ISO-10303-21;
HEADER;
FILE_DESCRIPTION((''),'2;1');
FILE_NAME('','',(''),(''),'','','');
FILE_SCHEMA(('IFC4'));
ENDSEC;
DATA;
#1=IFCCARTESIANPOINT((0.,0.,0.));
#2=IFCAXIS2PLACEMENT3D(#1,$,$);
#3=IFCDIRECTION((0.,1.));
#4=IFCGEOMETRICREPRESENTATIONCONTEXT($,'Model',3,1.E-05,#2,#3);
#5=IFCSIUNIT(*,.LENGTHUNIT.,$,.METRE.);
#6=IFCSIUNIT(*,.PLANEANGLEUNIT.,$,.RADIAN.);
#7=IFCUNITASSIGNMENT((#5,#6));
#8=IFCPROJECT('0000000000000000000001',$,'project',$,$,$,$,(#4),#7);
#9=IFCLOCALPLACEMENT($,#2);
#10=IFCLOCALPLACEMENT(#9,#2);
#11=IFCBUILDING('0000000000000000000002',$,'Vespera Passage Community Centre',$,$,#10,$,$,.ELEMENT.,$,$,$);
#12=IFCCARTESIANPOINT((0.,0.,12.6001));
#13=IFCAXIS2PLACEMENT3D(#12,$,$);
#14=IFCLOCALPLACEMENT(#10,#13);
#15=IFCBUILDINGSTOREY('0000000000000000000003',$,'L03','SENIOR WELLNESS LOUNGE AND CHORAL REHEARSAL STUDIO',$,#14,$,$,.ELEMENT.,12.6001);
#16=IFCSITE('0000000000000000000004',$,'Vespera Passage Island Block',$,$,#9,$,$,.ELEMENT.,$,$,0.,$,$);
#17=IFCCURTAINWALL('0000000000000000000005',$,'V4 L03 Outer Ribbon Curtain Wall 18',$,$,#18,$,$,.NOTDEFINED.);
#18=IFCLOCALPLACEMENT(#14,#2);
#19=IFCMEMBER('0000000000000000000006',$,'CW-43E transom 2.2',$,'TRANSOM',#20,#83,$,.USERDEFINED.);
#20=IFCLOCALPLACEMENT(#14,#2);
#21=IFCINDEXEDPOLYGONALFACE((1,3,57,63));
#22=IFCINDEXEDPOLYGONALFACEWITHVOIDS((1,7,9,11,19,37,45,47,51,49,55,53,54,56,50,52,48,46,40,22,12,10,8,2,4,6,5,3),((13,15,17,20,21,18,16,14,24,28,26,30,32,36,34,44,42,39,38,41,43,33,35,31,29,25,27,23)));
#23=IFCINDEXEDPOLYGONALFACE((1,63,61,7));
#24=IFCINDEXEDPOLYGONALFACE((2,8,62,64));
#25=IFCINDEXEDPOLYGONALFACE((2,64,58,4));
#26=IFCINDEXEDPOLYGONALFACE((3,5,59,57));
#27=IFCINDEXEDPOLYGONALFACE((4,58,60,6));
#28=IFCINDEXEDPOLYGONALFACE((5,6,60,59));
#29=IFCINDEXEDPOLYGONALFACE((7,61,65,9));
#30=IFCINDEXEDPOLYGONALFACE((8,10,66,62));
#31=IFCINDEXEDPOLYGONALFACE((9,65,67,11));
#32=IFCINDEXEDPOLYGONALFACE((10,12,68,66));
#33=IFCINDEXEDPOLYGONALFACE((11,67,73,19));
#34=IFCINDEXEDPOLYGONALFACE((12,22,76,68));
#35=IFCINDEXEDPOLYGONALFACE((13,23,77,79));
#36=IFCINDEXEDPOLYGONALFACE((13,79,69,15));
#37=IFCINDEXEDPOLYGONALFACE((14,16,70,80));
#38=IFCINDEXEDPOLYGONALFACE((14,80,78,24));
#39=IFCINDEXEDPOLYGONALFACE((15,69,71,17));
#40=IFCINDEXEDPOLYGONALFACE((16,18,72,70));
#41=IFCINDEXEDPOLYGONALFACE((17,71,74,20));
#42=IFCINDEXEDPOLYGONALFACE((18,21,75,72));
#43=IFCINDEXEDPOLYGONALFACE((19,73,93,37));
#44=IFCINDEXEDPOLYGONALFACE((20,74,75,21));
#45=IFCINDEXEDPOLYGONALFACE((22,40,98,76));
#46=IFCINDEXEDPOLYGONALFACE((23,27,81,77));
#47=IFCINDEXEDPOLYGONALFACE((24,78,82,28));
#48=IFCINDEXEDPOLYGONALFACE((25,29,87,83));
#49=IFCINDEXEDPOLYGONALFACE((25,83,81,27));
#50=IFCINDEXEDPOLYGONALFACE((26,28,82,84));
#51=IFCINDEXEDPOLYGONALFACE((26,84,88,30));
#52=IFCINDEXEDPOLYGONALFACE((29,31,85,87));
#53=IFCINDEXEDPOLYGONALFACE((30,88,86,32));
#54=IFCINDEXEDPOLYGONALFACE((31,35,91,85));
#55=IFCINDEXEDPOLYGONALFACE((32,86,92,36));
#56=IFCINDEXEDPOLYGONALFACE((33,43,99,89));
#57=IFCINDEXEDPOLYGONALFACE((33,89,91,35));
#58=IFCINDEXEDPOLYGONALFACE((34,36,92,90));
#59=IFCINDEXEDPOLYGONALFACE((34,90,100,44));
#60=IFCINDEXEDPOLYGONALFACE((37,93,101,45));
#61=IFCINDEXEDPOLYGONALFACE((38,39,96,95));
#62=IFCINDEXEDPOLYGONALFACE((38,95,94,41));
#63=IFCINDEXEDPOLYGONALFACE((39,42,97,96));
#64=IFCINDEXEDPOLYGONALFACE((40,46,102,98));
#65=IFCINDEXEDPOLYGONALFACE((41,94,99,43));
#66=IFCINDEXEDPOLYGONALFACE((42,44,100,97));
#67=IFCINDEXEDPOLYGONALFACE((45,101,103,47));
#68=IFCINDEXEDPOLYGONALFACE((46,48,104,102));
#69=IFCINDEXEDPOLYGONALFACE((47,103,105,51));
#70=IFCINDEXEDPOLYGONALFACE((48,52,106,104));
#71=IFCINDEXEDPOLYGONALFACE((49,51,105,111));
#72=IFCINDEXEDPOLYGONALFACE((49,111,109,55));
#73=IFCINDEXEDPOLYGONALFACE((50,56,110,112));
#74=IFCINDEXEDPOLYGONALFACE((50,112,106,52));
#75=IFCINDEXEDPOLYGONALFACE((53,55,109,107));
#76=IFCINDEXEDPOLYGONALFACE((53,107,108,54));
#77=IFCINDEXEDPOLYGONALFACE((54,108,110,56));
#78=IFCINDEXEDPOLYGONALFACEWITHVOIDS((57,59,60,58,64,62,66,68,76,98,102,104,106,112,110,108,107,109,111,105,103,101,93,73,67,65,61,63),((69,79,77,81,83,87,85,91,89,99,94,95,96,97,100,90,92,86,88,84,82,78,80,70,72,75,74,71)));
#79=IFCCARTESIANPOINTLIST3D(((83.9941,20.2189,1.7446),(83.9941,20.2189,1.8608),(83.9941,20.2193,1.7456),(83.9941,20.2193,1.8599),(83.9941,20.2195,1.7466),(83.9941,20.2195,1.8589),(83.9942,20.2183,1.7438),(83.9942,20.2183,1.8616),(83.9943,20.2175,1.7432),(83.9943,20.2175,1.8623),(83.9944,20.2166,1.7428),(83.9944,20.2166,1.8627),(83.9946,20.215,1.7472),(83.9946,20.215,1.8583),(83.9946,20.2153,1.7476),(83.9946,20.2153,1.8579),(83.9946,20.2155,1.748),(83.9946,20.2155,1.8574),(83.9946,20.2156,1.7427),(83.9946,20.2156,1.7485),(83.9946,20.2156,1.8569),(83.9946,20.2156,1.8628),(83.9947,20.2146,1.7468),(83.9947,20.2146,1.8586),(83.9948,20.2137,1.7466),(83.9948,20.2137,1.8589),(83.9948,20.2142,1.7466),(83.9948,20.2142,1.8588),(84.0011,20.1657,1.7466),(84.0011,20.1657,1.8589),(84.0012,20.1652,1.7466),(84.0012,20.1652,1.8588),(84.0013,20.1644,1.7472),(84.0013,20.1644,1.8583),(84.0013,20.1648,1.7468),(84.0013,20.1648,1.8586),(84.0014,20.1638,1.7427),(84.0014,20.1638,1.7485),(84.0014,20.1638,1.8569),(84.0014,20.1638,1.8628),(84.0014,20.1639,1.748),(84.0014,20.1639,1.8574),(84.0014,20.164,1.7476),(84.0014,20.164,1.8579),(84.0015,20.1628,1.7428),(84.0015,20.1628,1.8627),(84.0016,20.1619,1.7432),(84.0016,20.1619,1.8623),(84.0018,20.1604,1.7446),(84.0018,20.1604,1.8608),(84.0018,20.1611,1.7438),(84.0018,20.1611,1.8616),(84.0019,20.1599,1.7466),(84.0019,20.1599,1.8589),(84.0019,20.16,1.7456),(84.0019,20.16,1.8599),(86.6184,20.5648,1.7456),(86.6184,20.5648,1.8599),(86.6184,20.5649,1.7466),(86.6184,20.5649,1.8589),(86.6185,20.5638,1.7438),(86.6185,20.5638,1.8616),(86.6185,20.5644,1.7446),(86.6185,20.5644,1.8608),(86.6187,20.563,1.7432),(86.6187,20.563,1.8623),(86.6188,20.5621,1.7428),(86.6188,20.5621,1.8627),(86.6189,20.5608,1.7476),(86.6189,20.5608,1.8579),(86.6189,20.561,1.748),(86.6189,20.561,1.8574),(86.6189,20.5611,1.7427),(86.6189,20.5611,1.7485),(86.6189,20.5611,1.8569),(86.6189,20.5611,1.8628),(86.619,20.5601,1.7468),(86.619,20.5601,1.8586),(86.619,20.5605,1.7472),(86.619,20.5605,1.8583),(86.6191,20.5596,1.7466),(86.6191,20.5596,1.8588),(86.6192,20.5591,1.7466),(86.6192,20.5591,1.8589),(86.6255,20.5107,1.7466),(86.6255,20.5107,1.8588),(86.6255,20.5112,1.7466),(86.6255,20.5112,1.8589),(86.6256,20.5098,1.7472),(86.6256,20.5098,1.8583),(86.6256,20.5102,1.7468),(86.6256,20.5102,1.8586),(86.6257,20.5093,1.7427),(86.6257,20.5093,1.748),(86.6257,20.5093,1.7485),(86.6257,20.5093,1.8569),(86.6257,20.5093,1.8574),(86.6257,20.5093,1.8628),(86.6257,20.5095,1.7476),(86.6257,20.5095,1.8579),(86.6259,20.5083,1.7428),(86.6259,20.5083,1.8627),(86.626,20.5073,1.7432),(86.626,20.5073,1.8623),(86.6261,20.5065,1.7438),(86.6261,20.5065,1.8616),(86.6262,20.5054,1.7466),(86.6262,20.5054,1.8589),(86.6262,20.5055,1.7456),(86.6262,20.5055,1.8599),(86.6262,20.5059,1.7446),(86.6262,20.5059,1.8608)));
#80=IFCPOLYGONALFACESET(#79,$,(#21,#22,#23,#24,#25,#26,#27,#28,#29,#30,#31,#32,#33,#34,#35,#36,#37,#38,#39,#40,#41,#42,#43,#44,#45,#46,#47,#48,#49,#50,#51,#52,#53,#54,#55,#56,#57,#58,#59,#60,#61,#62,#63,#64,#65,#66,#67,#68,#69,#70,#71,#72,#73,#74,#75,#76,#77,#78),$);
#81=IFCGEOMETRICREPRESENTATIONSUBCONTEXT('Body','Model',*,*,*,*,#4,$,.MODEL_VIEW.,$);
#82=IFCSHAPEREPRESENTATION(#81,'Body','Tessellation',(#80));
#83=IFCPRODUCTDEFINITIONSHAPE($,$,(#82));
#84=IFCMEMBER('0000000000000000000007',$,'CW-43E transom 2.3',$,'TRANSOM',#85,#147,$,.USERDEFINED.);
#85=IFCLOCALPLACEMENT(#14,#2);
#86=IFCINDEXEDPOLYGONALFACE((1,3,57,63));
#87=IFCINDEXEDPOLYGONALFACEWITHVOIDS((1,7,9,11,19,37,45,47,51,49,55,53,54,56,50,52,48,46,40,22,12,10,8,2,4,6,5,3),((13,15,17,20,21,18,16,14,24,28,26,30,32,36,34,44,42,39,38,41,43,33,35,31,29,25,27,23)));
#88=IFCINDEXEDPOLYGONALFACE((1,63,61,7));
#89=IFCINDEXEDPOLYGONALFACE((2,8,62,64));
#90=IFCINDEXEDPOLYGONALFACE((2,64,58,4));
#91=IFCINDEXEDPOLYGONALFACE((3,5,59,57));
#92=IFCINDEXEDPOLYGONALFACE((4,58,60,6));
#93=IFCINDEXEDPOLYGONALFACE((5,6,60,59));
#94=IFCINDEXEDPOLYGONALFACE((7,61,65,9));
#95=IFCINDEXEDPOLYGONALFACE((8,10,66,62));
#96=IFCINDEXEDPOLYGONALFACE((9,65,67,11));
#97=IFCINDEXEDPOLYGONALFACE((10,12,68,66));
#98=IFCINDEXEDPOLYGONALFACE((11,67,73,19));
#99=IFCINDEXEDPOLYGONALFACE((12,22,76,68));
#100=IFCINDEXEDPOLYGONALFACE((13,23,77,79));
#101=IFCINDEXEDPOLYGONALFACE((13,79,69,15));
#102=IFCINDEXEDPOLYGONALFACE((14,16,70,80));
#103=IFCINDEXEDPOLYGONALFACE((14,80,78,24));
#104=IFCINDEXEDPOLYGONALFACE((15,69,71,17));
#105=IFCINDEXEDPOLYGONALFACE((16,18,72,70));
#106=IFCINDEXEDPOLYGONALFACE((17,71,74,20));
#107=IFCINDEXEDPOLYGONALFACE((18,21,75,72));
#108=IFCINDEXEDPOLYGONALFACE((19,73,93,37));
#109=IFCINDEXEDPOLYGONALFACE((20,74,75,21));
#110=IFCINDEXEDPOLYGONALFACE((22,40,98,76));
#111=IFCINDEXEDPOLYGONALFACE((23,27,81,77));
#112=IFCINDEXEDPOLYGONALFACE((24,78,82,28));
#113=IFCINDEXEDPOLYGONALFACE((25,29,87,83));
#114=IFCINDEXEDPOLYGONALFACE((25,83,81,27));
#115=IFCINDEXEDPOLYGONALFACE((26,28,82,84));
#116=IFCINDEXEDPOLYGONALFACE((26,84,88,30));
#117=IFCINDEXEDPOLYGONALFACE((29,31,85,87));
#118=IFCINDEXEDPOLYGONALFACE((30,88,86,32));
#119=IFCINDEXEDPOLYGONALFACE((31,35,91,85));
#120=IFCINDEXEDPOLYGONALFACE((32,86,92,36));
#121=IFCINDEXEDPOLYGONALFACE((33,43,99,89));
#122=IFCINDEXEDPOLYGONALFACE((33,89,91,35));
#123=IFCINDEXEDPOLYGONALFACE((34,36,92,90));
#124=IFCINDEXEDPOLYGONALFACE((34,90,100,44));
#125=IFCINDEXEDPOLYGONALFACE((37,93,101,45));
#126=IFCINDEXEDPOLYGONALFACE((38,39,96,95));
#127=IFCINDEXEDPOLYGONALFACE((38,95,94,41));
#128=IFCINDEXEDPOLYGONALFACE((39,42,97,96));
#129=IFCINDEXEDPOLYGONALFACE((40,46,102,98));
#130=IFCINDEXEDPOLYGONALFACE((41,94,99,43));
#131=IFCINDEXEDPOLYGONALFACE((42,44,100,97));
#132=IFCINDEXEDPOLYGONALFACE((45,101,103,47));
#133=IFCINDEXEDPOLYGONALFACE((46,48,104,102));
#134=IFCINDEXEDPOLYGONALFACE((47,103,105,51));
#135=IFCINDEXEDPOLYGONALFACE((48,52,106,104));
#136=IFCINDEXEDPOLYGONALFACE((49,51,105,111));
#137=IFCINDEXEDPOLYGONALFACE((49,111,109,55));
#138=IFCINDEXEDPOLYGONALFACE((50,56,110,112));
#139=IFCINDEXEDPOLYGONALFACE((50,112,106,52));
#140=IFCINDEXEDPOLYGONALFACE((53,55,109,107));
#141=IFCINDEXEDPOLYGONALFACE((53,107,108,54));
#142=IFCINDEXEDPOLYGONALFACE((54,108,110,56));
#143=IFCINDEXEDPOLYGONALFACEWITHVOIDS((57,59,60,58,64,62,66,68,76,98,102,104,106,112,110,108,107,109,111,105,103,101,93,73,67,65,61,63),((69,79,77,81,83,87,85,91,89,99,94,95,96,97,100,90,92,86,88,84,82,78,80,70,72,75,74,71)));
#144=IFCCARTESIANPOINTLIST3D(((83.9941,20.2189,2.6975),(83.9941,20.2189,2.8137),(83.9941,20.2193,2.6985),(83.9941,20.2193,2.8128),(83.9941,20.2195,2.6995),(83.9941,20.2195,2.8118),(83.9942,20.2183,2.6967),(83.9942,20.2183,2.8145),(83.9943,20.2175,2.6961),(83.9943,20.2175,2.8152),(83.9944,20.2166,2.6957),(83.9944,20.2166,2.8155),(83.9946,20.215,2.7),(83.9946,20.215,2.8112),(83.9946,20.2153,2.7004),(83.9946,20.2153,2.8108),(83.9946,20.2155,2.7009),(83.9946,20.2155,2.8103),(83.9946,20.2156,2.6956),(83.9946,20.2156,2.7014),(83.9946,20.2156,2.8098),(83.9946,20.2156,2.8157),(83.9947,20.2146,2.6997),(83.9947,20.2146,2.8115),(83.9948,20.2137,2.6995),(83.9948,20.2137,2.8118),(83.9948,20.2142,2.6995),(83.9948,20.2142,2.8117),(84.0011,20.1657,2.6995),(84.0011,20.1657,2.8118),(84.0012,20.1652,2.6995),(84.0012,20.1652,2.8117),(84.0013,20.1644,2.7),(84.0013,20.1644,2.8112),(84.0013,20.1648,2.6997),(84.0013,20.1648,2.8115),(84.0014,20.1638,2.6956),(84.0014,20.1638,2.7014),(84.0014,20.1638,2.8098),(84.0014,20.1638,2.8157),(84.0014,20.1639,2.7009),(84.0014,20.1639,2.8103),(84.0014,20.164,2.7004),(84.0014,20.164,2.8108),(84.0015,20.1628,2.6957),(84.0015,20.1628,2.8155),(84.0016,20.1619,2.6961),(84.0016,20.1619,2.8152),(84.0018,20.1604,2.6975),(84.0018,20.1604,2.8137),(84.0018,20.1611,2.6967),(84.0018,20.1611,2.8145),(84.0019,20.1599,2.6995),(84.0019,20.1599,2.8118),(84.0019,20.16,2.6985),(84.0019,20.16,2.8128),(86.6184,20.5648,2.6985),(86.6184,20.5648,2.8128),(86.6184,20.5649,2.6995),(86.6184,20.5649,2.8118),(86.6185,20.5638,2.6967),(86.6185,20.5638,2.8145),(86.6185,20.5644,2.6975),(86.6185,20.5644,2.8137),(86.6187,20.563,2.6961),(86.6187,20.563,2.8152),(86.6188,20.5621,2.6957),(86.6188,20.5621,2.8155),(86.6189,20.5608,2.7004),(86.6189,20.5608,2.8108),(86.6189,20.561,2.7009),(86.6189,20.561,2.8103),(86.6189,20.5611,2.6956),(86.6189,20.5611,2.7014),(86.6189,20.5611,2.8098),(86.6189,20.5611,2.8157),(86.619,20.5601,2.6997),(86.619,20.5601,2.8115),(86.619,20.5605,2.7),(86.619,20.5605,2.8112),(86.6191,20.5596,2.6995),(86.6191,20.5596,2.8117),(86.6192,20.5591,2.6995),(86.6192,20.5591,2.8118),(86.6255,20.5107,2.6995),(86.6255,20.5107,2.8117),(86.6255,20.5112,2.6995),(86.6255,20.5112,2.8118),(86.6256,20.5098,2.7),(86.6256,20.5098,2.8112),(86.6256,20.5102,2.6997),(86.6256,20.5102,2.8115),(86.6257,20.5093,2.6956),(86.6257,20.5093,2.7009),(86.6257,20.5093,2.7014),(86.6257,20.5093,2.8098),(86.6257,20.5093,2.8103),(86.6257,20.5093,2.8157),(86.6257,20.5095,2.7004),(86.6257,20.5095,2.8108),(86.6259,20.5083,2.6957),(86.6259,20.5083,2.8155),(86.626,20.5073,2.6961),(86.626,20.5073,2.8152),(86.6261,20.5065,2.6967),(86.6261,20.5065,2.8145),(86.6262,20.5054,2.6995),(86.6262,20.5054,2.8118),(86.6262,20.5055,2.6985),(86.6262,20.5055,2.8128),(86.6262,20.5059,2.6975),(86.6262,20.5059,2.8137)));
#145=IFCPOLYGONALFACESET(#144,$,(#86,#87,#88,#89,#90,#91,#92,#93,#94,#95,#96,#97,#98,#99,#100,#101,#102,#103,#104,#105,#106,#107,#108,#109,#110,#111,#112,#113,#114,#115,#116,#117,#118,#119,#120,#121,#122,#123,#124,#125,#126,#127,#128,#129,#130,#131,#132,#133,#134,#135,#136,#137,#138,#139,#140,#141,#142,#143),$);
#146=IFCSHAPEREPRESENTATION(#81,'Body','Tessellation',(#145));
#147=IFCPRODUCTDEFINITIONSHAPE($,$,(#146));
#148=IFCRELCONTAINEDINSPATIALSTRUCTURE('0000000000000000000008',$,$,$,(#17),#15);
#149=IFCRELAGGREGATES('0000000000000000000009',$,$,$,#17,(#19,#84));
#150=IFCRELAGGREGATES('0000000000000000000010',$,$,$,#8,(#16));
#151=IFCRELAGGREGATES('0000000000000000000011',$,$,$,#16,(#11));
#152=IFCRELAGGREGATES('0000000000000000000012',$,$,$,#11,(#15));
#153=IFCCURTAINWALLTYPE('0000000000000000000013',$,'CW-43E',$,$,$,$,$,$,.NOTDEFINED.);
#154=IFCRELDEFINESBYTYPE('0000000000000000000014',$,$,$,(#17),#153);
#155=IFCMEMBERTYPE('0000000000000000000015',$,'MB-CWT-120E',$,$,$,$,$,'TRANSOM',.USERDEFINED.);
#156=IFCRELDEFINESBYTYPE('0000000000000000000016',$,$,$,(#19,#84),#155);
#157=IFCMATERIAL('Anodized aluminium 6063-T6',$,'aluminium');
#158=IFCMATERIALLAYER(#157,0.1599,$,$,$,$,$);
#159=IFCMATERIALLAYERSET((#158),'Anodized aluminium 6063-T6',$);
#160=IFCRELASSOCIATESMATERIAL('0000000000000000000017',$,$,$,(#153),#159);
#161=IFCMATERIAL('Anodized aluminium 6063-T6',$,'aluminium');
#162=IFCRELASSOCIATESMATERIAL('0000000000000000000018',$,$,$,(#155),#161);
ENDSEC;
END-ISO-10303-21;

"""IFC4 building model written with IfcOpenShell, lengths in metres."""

from ifc_helpers import new_model, si_unit, direction, frame, origin, origin_2d, place, context, subcontext, project, spatial, hollow_rectangle, extrude, material, layer, layer_set, material_profile, profile_set, type_object, element, aggregate, save


model = new_model("IFC4")

# Units and contexts
model_context = context("Model", 3, precision=1e-05, world=origin(), true_north=direction((0.0, 1.0)))
body_context = subcontext(model_context, "Body", "Model", "MODEL_VIEW")
ifc_project = project(units=[si_unit("LENGTHUNIT", "METRE"), si_unit("PLANEANGLEUNIT", "RADIAN")], contexts=[model_context])

# Site, building, storey
site_placement = place(None, origin())
site = spatial("IfcSite", under=ifc_project, at=site_placement, Name="Vespera Passage Island Block", CompositionType="ELEMENT", RefElevation=0.0)
building_placement = place(site_placement, origin())
building = spatial("IfcBuilding", under=site, at=building_placement, Name="Vespera Passage Community Centre", CompositionType="ELEMENT")
storey_placement = place(building_placement, frame((0.0, 0.0, 12.6001)))
storey = spatial("IfcBuildingStorey", under=building, at=storey_placement, Name="L03", Description="SENIOR WELLNESS LOUNGE AND CHORAL REHEARSAL STUDIO", CompositionType="ELEMENT", Elevation=12.6001)

# Curtain wall, members
ifc_material_1 = material(Name="Anodized aluminium 6063-T6", Category="aluminium")
ifc_layer_1 = layer(ifc_material_1, 0.1599)
ifc_layer_set_1 = layer_set([ifc_layer_1], Name="Anodized aluminium 6063-T6")
curtain_wall_type = type_object("IfcCurtainWallType", Name="CW-43E", PredefinedType="NOTDEFINED", material=ifc_layer_set_1)
curtain_wall_placement = place(storey_placement, origin())
curtain_wall = element("IfcCurtainWall", 1, at=curtain_wall_placement, inside=storey, type_object=curtain_wall_type, Name="V4 L03 Outer Ribbon Curtain Wall 18", PredefinedType="NOTDEFINED")
ifc_material_2 = material(Name="Anodized aluminium 6063-T6", Category="aluminium")
ifc_material_profile_1 = material_profile(ifc_material_2, hollow_rectangle(XDim=0.0601, YDim=0.1201, WallThickness=0.0039, InnerFilletRadius=0.002, OuterFilletRadius=0.0039, at=origin_2d()), Name="ALU120X60X4")
ifc_profile_set_1 = profile_set([ifc_material_profile_1], Name="Anodized aluminium 6063-T6")
member_type_1 = type_object("IfcMemberType", Name="MB-CWT-120E", ElementType="TRANSOM", PredefinedType="USERDEFINED", material=ifc_profile_set_1)
member_1_placement = place(storey_placement, frame((86.6223, 20.5352, 1.8027), z_axis=(-0.991446, -0.130514, 0.0), x_axis=(0.130514, -0.991446, 0.0)))
member_1 = element("IfcMember", 2, at=member_1_placement, type_object=member_type_1, Name="CW-43E transom 2.2", ObjectType="TRANSOM", PredefinedType="USERDEFINED", context=body_context, shape_type="SweptSolid", body=[
    extrude(hollow_rectangle(XDim=0.0601, YDim=0.1201, WallThickness=0.0039, InnerFilletRadius=0.002, OuterFilletRadius=0.0039, at=origin_2d()), origin(), (0.0, 0.0, 1.0), 2.647),
])
member_2_placement = place(storey_placement, frame((86.6223, 20.5352, 2.7556), z_axis=(-0.991446, -0.130514, 0.0), x_axis=(0.130514, -0.991446, 0.0)))
member_2 = element("IfcMember", 3, at=member_2_placement, type_object=member_type_1, Name="CW-43E transom 2.3", ObjectType="TRANSOM", PredefinedType="USERDEFINED", context=body_context, shape_type="SweptSolid", body=[
    extrude(hollow_rectangle(XDim=0.0601, YDim=0.1201, WallThickness=0.0039, InnerFilletRadius=0.002, OuterFilletRadius=0.0039, at=origin_2d()), origin(), (0.0, 0.0, 1.0), 2.647),
])
aggregate(curtain_wall, [member_1, member_2])

save(model, "model.ifc")
